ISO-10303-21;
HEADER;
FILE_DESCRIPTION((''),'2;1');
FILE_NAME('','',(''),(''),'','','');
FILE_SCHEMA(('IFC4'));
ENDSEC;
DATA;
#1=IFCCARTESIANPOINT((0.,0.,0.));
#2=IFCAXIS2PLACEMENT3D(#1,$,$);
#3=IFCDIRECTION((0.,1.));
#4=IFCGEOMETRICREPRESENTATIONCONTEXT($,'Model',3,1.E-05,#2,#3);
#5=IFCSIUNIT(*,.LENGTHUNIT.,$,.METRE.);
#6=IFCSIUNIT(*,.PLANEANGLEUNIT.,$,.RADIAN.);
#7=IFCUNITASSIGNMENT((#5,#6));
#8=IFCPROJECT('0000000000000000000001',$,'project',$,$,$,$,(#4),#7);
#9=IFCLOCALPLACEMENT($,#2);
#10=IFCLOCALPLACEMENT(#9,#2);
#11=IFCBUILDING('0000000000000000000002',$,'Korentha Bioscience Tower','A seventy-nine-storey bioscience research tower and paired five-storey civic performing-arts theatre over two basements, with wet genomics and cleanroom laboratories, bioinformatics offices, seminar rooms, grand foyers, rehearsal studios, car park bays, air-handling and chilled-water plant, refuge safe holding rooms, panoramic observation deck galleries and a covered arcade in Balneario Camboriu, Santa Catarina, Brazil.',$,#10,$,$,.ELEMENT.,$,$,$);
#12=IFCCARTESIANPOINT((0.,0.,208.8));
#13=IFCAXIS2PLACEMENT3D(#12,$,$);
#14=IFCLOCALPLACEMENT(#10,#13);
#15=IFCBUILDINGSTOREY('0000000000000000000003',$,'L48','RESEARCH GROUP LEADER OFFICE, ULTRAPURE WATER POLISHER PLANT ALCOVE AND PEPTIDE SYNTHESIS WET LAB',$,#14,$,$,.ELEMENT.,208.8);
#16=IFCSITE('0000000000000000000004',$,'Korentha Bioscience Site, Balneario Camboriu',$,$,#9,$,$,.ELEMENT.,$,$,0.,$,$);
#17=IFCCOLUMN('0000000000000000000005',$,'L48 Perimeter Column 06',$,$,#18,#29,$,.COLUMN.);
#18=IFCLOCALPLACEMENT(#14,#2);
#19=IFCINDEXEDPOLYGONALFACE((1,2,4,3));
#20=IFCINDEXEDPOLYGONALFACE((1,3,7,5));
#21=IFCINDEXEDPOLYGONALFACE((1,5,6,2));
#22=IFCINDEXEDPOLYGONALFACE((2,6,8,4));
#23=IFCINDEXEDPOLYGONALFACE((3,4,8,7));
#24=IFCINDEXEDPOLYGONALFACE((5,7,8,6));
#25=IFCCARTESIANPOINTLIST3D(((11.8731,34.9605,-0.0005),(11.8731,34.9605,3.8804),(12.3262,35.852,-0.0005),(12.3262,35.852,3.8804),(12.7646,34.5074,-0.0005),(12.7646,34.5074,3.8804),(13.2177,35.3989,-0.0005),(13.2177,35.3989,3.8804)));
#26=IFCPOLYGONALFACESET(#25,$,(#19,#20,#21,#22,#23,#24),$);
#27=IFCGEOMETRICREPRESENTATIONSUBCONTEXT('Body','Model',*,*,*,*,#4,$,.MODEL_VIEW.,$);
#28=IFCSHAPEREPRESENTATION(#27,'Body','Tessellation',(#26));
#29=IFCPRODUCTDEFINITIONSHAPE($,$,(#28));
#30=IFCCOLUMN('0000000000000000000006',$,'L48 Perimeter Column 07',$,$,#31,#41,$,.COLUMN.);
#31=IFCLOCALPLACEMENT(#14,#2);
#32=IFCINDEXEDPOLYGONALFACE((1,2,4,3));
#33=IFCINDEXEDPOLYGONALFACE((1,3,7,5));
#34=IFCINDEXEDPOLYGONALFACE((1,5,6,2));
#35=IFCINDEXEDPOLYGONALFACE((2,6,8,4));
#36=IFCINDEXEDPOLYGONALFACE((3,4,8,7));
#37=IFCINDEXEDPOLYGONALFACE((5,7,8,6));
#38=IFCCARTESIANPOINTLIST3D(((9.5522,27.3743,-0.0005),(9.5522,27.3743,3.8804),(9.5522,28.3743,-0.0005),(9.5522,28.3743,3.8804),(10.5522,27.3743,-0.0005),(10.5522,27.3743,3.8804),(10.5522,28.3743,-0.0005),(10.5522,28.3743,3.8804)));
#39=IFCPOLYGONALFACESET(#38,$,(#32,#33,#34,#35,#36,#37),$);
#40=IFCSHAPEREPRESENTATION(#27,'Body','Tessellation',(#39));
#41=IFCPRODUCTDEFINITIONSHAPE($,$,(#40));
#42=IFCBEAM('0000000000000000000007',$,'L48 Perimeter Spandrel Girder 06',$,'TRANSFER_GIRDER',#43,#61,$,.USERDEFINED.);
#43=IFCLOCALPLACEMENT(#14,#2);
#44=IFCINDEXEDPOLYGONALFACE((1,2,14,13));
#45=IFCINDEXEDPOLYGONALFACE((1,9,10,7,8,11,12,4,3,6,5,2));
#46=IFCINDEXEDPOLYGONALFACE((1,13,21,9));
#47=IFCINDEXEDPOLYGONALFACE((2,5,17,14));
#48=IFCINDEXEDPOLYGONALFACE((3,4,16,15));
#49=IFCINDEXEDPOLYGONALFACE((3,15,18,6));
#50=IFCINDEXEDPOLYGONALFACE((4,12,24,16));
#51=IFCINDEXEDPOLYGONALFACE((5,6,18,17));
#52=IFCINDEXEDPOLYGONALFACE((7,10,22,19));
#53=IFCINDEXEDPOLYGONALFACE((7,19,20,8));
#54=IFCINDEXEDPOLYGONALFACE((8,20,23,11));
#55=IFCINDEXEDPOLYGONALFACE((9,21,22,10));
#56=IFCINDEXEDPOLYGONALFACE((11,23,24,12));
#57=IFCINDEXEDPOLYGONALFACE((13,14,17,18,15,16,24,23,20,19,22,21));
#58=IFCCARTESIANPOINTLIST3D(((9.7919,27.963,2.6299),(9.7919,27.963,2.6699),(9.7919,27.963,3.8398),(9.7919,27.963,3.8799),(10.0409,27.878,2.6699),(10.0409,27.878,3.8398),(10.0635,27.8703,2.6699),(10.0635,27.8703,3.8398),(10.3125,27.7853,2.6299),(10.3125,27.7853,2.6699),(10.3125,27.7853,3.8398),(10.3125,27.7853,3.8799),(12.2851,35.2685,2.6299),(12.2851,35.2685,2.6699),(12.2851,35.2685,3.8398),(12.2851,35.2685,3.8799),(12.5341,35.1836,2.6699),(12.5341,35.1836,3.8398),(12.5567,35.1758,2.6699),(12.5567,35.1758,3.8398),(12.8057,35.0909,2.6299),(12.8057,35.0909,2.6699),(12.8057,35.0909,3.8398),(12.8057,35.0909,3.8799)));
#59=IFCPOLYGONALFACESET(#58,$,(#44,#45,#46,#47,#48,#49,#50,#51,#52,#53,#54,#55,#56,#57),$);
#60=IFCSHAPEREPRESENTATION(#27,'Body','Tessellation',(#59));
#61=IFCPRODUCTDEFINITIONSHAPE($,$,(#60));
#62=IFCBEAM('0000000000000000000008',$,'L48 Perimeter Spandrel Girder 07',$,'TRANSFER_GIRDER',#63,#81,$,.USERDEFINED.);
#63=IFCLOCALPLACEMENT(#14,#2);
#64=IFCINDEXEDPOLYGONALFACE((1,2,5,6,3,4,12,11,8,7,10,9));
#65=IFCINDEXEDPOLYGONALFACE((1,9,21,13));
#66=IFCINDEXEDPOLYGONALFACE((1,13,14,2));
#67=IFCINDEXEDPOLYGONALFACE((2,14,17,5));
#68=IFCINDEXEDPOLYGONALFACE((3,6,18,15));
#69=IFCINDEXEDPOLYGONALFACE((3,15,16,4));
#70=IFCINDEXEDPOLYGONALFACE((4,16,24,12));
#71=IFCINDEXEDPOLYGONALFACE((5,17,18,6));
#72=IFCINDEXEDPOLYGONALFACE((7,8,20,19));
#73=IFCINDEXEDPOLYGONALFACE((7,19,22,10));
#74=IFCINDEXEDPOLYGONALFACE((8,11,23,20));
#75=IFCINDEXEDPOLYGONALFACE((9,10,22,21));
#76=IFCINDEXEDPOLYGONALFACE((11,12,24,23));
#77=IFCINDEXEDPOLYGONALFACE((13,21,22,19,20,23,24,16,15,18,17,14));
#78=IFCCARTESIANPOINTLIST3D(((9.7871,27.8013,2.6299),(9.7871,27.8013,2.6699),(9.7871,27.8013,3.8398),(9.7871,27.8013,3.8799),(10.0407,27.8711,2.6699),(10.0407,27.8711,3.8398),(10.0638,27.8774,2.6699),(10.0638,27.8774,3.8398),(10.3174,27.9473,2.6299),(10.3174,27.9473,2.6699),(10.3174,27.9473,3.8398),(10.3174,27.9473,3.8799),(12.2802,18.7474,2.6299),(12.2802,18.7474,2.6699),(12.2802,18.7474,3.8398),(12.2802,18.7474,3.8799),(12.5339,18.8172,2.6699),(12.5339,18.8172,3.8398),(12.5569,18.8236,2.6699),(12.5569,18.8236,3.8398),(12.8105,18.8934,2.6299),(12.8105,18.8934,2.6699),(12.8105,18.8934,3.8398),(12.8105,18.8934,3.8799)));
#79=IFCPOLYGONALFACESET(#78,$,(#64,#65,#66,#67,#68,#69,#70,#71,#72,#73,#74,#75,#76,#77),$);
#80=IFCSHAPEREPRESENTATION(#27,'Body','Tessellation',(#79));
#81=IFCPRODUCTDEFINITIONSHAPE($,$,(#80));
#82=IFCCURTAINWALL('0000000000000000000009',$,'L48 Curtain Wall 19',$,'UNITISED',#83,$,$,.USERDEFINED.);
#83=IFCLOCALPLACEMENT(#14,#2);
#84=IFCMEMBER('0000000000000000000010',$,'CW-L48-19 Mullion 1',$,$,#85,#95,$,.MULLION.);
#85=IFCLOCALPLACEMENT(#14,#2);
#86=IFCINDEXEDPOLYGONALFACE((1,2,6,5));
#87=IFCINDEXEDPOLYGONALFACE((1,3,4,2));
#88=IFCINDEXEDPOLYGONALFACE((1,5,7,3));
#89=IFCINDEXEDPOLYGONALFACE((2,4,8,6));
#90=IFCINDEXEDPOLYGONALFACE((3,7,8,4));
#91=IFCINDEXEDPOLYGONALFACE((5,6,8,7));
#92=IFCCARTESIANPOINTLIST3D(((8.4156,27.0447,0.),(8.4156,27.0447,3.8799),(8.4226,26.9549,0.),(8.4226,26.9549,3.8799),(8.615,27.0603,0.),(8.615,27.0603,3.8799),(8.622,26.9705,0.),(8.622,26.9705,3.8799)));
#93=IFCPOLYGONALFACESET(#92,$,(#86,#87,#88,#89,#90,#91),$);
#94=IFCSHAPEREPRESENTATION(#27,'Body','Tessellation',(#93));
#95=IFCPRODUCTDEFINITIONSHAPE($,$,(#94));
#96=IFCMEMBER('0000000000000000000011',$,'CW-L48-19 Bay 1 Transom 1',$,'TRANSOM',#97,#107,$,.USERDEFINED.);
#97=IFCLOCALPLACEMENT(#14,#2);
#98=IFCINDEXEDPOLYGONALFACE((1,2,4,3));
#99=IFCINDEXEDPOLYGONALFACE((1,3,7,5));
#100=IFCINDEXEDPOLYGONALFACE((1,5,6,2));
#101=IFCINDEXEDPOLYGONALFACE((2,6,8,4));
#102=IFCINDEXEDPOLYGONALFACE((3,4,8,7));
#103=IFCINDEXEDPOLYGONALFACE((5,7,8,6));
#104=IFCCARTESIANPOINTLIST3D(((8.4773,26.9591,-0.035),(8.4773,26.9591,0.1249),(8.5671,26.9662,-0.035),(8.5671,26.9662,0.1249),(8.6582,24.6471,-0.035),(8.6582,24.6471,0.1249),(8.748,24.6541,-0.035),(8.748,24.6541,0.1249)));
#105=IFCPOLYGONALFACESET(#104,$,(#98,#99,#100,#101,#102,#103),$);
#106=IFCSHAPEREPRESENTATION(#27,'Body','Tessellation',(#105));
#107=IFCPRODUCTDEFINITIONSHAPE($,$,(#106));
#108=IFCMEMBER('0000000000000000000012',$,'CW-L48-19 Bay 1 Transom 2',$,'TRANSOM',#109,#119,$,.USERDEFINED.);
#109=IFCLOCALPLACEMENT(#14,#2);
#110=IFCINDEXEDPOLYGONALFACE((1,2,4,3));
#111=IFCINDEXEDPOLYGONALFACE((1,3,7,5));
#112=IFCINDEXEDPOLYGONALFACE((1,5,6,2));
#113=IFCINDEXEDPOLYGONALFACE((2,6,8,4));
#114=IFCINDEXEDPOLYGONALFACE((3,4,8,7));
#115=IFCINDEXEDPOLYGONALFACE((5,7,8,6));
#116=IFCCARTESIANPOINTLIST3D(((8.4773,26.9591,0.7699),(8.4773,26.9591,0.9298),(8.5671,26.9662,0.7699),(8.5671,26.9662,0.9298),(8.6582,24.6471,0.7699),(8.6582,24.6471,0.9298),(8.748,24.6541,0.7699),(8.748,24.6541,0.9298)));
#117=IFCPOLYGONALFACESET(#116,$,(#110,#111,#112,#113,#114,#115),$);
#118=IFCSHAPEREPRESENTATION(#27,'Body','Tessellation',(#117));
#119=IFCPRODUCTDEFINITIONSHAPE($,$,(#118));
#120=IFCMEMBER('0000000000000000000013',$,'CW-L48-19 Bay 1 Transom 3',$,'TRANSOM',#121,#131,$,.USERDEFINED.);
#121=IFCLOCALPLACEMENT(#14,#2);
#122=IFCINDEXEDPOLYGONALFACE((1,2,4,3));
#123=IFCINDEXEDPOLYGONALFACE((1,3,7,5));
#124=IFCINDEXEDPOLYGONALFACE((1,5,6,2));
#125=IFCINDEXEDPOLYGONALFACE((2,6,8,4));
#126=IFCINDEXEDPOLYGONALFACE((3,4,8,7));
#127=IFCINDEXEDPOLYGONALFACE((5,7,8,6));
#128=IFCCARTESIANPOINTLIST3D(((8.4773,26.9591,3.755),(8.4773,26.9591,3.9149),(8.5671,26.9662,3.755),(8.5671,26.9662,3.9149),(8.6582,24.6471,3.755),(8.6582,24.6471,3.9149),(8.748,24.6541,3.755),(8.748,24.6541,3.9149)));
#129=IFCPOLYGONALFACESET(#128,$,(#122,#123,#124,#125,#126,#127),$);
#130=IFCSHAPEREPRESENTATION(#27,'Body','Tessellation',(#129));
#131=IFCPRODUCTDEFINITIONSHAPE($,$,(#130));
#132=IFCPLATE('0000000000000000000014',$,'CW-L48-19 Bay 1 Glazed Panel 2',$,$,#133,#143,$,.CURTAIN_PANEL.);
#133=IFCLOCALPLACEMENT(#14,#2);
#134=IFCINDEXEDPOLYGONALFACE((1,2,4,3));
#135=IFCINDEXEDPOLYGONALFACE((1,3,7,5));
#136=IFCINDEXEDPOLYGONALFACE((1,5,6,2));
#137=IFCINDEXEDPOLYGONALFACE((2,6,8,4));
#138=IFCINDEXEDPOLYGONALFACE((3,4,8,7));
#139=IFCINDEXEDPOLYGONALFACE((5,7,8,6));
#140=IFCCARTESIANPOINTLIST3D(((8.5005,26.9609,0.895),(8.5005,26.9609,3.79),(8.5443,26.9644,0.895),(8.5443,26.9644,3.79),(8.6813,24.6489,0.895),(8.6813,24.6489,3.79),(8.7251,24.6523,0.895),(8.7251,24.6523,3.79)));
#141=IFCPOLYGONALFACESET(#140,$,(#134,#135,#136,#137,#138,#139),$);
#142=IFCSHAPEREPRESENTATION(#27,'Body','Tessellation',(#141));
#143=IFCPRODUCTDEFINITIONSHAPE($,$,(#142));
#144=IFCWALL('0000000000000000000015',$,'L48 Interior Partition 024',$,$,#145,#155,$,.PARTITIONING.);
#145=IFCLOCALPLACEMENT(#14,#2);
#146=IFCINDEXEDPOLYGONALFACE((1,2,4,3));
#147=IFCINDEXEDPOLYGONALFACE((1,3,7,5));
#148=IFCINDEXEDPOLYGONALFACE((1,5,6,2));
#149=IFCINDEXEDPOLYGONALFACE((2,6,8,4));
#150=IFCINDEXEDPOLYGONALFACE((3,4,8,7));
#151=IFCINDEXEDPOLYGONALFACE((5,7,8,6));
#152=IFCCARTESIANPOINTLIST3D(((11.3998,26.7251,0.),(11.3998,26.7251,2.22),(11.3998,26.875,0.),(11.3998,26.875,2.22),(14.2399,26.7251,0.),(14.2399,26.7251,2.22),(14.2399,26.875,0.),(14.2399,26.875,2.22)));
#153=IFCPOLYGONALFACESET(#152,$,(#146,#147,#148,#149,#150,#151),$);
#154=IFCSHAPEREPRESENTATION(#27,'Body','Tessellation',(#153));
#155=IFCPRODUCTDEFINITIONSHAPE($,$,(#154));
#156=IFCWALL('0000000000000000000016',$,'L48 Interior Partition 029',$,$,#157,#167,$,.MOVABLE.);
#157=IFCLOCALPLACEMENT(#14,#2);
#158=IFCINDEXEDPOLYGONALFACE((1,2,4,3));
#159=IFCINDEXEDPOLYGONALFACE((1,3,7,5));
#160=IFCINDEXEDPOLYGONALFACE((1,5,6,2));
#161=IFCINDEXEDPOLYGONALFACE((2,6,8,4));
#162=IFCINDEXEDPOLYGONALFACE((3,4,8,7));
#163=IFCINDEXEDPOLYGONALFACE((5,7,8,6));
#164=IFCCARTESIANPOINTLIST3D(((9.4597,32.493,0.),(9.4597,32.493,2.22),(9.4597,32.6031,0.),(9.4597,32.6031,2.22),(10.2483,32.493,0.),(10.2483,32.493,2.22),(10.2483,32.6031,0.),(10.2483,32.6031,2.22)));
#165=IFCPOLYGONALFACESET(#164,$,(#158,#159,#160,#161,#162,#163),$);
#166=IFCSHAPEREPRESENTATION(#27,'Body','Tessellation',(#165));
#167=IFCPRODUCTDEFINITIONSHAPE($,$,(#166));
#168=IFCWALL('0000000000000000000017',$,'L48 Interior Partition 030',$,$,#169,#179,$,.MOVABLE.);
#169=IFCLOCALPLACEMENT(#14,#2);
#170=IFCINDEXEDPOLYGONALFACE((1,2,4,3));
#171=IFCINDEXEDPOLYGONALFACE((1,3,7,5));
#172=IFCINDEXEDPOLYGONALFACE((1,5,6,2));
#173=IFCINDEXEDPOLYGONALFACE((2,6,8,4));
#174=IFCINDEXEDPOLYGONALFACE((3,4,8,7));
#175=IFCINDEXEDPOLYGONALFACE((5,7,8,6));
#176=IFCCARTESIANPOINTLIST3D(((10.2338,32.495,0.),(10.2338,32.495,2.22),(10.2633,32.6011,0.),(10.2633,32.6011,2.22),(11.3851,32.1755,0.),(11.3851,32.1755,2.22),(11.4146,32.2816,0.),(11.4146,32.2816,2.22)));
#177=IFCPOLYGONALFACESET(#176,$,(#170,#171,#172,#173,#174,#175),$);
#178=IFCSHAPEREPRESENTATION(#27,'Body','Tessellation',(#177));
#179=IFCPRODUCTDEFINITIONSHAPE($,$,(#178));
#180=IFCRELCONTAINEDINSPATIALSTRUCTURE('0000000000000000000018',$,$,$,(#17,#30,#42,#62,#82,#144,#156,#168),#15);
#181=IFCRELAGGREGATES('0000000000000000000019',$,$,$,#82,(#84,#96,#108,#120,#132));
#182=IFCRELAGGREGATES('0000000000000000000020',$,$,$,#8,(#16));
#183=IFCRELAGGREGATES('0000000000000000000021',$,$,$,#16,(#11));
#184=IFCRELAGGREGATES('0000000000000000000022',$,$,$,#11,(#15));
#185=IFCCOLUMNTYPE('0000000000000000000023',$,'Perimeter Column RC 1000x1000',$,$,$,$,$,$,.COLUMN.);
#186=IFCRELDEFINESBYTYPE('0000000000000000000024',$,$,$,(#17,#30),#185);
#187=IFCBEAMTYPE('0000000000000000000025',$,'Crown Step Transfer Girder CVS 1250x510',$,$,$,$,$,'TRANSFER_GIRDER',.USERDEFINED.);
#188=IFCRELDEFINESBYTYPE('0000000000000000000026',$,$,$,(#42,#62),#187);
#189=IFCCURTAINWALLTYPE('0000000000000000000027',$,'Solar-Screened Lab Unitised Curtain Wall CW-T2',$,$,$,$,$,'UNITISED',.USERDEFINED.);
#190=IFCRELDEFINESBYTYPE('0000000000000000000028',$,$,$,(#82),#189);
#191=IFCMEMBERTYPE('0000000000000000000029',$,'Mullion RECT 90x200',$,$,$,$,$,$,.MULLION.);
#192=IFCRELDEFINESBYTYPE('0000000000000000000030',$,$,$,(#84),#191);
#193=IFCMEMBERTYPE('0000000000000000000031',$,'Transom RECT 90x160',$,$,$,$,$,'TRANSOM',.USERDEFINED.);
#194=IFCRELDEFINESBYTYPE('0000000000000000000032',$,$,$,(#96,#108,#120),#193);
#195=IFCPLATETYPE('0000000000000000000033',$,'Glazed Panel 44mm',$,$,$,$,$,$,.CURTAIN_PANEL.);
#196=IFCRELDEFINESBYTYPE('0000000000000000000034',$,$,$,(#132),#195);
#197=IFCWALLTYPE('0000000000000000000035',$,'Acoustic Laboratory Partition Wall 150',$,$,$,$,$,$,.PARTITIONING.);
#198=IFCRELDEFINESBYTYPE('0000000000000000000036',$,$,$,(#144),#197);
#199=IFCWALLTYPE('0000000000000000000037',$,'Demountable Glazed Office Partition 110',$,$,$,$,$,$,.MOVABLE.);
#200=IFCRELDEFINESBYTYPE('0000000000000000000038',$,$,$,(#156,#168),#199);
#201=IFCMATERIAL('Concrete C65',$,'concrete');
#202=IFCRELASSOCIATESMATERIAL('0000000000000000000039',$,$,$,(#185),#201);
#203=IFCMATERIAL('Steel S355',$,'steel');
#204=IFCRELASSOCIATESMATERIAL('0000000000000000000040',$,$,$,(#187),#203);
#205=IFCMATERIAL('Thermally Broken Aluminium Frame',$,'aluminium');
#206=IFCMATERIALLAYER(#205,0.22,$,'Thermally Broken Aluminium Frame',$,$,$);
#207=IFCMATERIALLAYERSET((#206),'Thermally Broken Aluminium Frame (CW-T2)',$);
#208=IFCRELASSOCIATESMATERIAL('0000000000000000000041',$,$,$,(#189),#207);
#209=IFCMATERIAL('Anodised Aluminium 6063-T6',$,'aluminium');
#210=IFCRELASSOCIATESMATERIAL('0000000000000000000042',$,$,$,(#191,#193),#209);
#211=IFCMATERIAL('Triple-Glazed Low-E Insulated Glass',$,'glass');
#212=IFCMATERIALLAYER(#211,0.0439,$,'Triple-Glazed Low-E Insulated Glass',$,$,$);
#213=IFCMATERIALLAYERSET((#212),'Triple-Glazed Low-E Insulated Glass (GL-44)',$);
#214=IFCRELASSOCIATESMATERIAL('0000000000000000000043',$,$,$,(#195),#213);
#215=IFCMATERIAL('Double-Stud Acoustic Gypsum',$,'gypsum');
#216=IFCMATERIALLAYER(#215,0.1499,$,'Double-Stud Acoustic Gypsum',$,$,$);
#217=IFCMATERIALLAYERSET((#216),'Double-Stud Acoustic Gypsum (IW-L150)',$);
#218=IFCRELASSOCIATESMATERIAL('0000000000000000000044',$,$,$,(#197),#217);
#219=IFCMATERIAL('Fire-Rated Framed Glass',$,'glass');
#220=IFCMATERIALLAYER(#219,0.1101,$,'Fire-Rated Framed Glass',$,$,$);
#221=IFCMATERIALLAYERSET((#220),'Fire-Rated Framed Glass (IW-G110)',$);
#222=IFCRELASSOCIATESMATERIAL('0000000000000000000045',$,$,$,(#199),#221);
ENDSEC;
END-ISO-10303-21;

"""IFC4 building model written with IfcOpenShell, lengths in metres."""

from ifc_helpers import new_model, si_unit, direction, frame, frame_2d, origin, origin_2d, place, context, subcontext, project, spatial, rectangle, i_section, extrude, material, layer, layer_set, material_profile, profile_set, type_object, element, aggregate, save


model = new_model("IFC4")

# Units and contexts
model_context = context("Model", 3, precision=1e-05, world=origin(), true_north=direction((0.0, 1.0)))
body_context = subcontext(model_context, "Body", "Model", "MODEL_VIEW")
ifc_project = project(units=[si_unit("LENGTHUNIT", "METRE"), si_unit("PLANEANGLEUNIT", "RADIAN")], contexts=[model_context])

# Site, building, storey
site_placement = place(None, origin())
site = spatial("IfcSite", under=ifc_project, at=site_placement, Name="Korentha Bioscience Site, Balneario Camboriu", CompositionType="ELEMENT", RefElevation=0.0)
building_placement = place(site_placement, origin())
building = spatial("IfcBuilding", under=site, at=building_placement, Name="Korentha Bioscience Tower", Description="A seventy-nine-storey bioscience research tower and paired five-storey civic performing-arts theatre over two basements, with wet genomics and cleanroom laboratories, bioinformatics offices, seminar rooms, grand foyers, rehearsal studios, car park bays, air-handling and chilled-water plant, refuge safe holding rooms, panoramic observation deck galleries and a covered arcade in Balneario Camboriu, Santa Catarina, Brazil.", CompositionType="ELEMENT")
storey_placement = place(building_placement, frame((0.0, 0.0, 208.8)))
storey = spatial("IfcBuildingStorey", under=building, at=storey_placement, Name="L48", Description="RESEARCH GROUP LEADER OFFICE, ULTRAPURE WATER POLISHER PLANT ALCOVE AND PEPTIDE SYNTHESIS WET LAB", CompositionType="ELEMENT", Elevation=208.8)

# Columns
ifc_material_1 = material(Name="Concrete C65", Category="concrete")
ifc_material_profile_1 = material_profile(ifc_material_1, rectangle(XDim=1.0, YDim=1.0, at=origin_2d()), Name="Concrete C65")
ifc_profile_set_1 = profile_set([ifc_material_profile_1], Name="Concrete C65 (COL-P10)")
column_type = type_object("IfcColumnType", Name="Perimeter Column RC 1000x1000", PredefinedType="COLUMN", material=ifc_profile_set_1)
for number, where, z_axis, x_axis, name in (
    (1, (12.5454, 35.1797, -0.0005), (0.0, 0.0, 1.0), (0.453057, 0.891481, 0.0), "L48 Perimeter Column 06"),
    (2, (10.0522, 27.8743, -0.0005), (0.0, 0.0, 1.0), (0.0, 1.0, 0.0), "L48 Perimeter Column 07"),
):
    element("IfcColumn", number, at=place(storey_placement, frame(where, z_axis=z_axis, x_axis=x_axis)), inside=storey, type_object=column_type, Name=name, PredefinedType="COLUMN", context=body_context, shape_type="SweptSolid", body=[
        extrude(rectangle(XDim=1.0, YDim=1.0, at=origin_2d()), origin(), (0.0, 0.0, 1.0), 3.8809),
    ])

# Beams
ifc_material_2 = material(Name="Steel S355", Category="steel")
ifc_material_profile_2 = material_profile(ifc_material_2, i_section(OverallWidth=0.55, OverallDepth=1.25, WebThickness=0.0239, FlangeThickness=0.04, at=origin_2d()), Name="Steel S355")
ifc_profile_set_2 = profile_set([ifc_material_profile_2], Name="Steel S355 (TG-03)")
beam_type = type_object("IfcBeamType", Name="Crown Step Transfer Girder CVS 1250x510", ElementType="TRANSFER_GIRDER", PredefinedType="USERDEFINED", material=ifc_profile_set_2)
beam_1_placement = place(storey_placement, frame((12.5454, 35.1797, 3.2549), z_axis=(-0.322985, -0.946404, 0.0), x_axis=(0.946404, -0.322985, 0.0)))
element("IfcBeam", 3, at=beam_1_placement, inside=storey, type_object=beam_type, Name="L48 Perimeter Spandrel Girder 06", ObjectType="TRANSFER_GIRDER", PredefinedType="USERDEFINED", context=body_context, shape_type="SweptSolid", body=[
    extrude(i_section(OverallWidth=0.55, OverallDepth=1.25, WebThickness=0.0239, FlangeThickness=0.04, at=origin_2d()), origin(), (0.0, 0.0, 1.0), 7.7192),
])
beam_2_placement = place(storey_placement, frame((10.0522, 27.8743, 3.2549), z_axis=(0.265486, -0.964115, 0.0), x_axis=(0.964115, 0.265486, 0.0)))
element("IfcBeam", 4, at=beam_2_placement, inside=storey, type_object=beam_type, Name="L48 Perimeter Spandrel Girder 07", ObjectType="TRANSFER_GIRDER", PredefinedType="USERDEFINED", context=body_context, shape_type="SweptSolid", body=[
    extrude(i_section(OverallWidth=0.55, OverallDepth=1.25, WebThickness=0.0239, FlangeThickness=0.04, at=origin_2d()), origin(), (0.0, 0.0, 1.0), 9.3909),
])

# Curtain wall, members, plate
ifc_material_3 = material(Name="Thermally Broken Aluminium Frame", Category="aluminium")
ifc_layer_1 = layer(ifc_material_3, 0.22, Name="Thermally Broken Aluminium Frame")
ifc_layer_set_1 = layer_set([ifc_layer_1], Name="Thermally Broken Aluminium Frame (CW-T2)")
curtain_wall_type = type_object("IfcCurtainWallType", Name="Solar-Screened Lab Unitised Curtain Wall CW-T2", ElementType="UNITISED", PredefinedType="USERDEFINED", material=ifc_layer_set_1)
curtain_wall_placement = place(storey_placement, origin())
curtain_wall = element("IfcCurtainWall", 5, at=curtain_wall_placement, inside=storey, type_object=curtain_wall_type, Name="L48 Curtain Wall 19", ObjectType="UNITISED", PredefinedType="USERDEFINED")
ifc_material_4 = material(Name="Anodised Aluminium 6063-T6", Category="aluminium")
ifc_material_profile_3 = material_profile(ifc_material_4, rectangle(XDim=0.0901, YDim=0.2, at=origin_2d()), Name="Anodised Aluminium 6063-T6")
ifc_profile_set_3 = profile_set([ifc_material_profile_3], Name="Anodised Aluminium 6063-T6 (CW-MUL)")
member_type_1 = type_object("IfcMemberType", Name="Mullion RECT 90x200", PredefinedType="MULLION", material=ifc_profile_set_3)
member_1_placement = place(storey_placement, frame((8.5188, 27.0076, 0.0), z_axis=(0.0, 0.0, 1.0), x_axis=(0.077988, -0.996954, 0.0)))
member_1 = element("IfcMember", 6, at=member_1_placement, type_object=member_type_1, Name="CW-L48-19 Mullion 1", PredefinedType="MULLION", context=body_context, shape_type="SweptSolid", body=[
    extrude(rectangle(XDim=0.0901, YDim=0.2, at=origin_2d()), origin(), (0.0, 0.0, 1.0), 3.8799),
])
ifc_material_profile_4 = material_profile(ifc_material_4, rectangle(XDim=0.0901, YDim=0.1599, at=origin_2d()), Name="Anodised Aluminium 6063-T6")
ifc_profile_set_4 = profile_set([ifc_material_profile_4], Name="Anodised Aluminium 6063-T6 (CW-TRN)")
member_type_2 = type_object("IfcMemberType", Name="Transom RECT 90x160", ElementType="TRANSOM", PredefinedType="USERDEFINED", material=ifc_profile_set_4)
member_2_placement = place(storey_placement, frame((8.5222, 26.9626, 0.0449), z_axis=(0.078009, -0.996953, 0.0), x_axis=(0.996953, 0.078009, 0.0)))
member_2 = element("IfcMember", 7, at=member_2_placement, type_object=member_type_2, Name="CW-L48-19 Bay 1 Transom 1", ObjectType="TRANSOM", PredefinedType="USERDEFINED", context=body_context, shape_type="SweptSolid", body=[
    extrude(rectangle(XDim=0.0901, YDim=0.1599, at=origin_2d()), origin(), (0.0, 0.0, 1.0), 2.3191),
])
member_3_placement = place(storey_placement, frame((8.5222, 26.9626, 0.8499), z_axis=(0.078009, -0.996953, 0.0), x_axis=(0.996953, 0.078009, 0.0)))
member_3 = element("IfcMember", 8, at=member_3_placement, type_object=member_type_2, Name="CW-L48-19 Bay 1 Transom 2", ObjectType="TRANSOM", PredefinedType="USERDEFINED", context=body_context, shape_type="SweptSolid", body=[
    extrude(rectangle(XDim=0.0901, YDim=0.1599, at=origin_2d()), origin(), (0.0, 0.0, 1.0), 2.3191),
])
member_4_placement = place(storey_placement, frame((8.5222, 26.9626, 3.835), z_axis=(0.078009, -0.996953, 0.0), x_axis=(0.996953, 0.078009, 0.0)))
member_4 = element("IfcMember", 9, at=member_4_placement, type_object=member_type_2, Name="CW-L48-19 Bay 1 Transom 3", ObjectType="TRANSOM", PredefinedType="USERDEFINED", context=body_context, shape_type="SweptSolid", body=[
    extrude(rectangle(XDim=0.0901, YDim=0.1599, at=origin_2d()), origin(), (0.0, 0.0, 1.0), 2.3191),
])
ifc_material_5 = material(Name="Triple-Glazed Low-E Insulated Glass", Category="glass")
ifc_layer_2 = layer(ifc_material_5, 0.0439, Name="Triple-Glazed Low-E Insulated Glass")
ifc_layer_set_2 = layer_set([ifc_layer_2], Name="Triple-Glazed Low-E Insulated Glass (GL-44)")
plate_type = type_object("IfcPlateType", Name="Glazed Panel 44mm", PredefinedType="CURTAIN_PANEL", material=ifc_layer_set_2)
plate_placement = place(storey_placement, frame((8.6128, 25.8066, 0.895), z_axis=(0.0, 0.0, 1.0), x_axis=(0.077988, -0.996954, 0.0)))
plate = element("IfcPlate", 10, at=plate_placement, type_object=plate_type, Name="CW-L48-19 Bay 1 Glazed Panel 2", PredefinedType="CURTAIN_PANEL", context=body_context, shape_type="SweptSolid", body=[
    extrude(rectangle(XDim=2.3191, YDim=0.0439, at=origin_2d()), origin(), (0.0, 0.0, 1.0), 2.895),
])
aggregate(curtain_wall, [member_1, member_2, member_3, member_4, plate])

# Shared definitions
ifc_material_6 = material(Name="Double-Stud Acoustic Gypsum", Category="gypsum")
ifc_layer_3 = layer(ifc_material_6, 0.1499, Name="Double-Stud Acoustic Gypsum")
ifc_layer_set_3 = layer_set([ifc_layer_3], Name="Double-Stud Acoustic Gypsum (IW-L150)")
wall_type_1 = type_object("IfcWallType", Name="Acoustic Laboratory Partition Wall 150", PredefinedType="PARTITIONING", material=ifc_layer_set_3)

# Walls
wall_1_placement = place(storey_placement, frame((11.3999, 26.8, 0.0), z_axis=(0.0, 0.0, 1.0), x_axis=(1.0, 0.0, 0.0)))
element("IfcWall", 11, at=wall_1_placement, inside=storey, type_object=wall_type_1, Name="L48 Interior Partition 024", PredefinedType="PARTITIONING", context=body_context, shape_type="SweptSolid", body=[
    extrude(rectangle(XDim=2.8401, YDim=0.1499, at=frame_2d((1.4199, 0.0))), origin(), (0.0, 0.0, 1.0), 2.22),
])
ifc_material_7 = material(Name="Fire-Rated Framed Glass", Category="glass")
ifc_layer_4 = layer(ifc_material_7, 0.1101, Name="Fire-Rated Framed Glass")
ifc_layer_set_4 = layer_set([ifc_layer_4], Name="Fire-Rated Framed Glass (IW-G110)")
wall_type_2 = type_object("IfcWallType", Name="Demountable Glazed Office Partition 110", PredefinedType="MOVABLE", material=ifc_layer_set_4)
wall_2_placement = place(storey_placement, frame((9.4597, 32.5481, 0.0), z_axis=(0.0, 0.0, 1.0), x_axis=(1.0, 0.0, 0.0)))
element("IfcWall", 12, at=wall_2_placement, inside=storey, type_object=wall_type_2, Name="L48 Interior Partition 029", PredefinedType="MOVABLE", context=body_context, shape_type="SweptSolid", body=[
    extrude(rectangle(XDim=0.7886, YDim=0.1101, at=frame_2d((0.3943, 0.0))), origin(), (0.0, 0.0, 1.0), 2.22),
])
wall_3_placement = place(storey_placement, frame((10.2485, 32.5481, 0.0), z_axis=(0.0, 0.0, 1.0), x_axis=(0.963571, -0.267454, 0.0)))
element("IfcWall", 13, at=wall_3_placement, inside=storey, type_object=wall_type_2, Name="L48 Interior Partition 030", PredefinedType="MOVABLE", context=body_context, shape_type="SweptSolid", body=[
    extrude(rectangle(XDim=1.1948, YDim=0.1101, at=frame_2d((0.5974, 0.0))), origin(), (0.0, 0.0, 1.0), 2.22),
])

save(model, "model.ifc")
